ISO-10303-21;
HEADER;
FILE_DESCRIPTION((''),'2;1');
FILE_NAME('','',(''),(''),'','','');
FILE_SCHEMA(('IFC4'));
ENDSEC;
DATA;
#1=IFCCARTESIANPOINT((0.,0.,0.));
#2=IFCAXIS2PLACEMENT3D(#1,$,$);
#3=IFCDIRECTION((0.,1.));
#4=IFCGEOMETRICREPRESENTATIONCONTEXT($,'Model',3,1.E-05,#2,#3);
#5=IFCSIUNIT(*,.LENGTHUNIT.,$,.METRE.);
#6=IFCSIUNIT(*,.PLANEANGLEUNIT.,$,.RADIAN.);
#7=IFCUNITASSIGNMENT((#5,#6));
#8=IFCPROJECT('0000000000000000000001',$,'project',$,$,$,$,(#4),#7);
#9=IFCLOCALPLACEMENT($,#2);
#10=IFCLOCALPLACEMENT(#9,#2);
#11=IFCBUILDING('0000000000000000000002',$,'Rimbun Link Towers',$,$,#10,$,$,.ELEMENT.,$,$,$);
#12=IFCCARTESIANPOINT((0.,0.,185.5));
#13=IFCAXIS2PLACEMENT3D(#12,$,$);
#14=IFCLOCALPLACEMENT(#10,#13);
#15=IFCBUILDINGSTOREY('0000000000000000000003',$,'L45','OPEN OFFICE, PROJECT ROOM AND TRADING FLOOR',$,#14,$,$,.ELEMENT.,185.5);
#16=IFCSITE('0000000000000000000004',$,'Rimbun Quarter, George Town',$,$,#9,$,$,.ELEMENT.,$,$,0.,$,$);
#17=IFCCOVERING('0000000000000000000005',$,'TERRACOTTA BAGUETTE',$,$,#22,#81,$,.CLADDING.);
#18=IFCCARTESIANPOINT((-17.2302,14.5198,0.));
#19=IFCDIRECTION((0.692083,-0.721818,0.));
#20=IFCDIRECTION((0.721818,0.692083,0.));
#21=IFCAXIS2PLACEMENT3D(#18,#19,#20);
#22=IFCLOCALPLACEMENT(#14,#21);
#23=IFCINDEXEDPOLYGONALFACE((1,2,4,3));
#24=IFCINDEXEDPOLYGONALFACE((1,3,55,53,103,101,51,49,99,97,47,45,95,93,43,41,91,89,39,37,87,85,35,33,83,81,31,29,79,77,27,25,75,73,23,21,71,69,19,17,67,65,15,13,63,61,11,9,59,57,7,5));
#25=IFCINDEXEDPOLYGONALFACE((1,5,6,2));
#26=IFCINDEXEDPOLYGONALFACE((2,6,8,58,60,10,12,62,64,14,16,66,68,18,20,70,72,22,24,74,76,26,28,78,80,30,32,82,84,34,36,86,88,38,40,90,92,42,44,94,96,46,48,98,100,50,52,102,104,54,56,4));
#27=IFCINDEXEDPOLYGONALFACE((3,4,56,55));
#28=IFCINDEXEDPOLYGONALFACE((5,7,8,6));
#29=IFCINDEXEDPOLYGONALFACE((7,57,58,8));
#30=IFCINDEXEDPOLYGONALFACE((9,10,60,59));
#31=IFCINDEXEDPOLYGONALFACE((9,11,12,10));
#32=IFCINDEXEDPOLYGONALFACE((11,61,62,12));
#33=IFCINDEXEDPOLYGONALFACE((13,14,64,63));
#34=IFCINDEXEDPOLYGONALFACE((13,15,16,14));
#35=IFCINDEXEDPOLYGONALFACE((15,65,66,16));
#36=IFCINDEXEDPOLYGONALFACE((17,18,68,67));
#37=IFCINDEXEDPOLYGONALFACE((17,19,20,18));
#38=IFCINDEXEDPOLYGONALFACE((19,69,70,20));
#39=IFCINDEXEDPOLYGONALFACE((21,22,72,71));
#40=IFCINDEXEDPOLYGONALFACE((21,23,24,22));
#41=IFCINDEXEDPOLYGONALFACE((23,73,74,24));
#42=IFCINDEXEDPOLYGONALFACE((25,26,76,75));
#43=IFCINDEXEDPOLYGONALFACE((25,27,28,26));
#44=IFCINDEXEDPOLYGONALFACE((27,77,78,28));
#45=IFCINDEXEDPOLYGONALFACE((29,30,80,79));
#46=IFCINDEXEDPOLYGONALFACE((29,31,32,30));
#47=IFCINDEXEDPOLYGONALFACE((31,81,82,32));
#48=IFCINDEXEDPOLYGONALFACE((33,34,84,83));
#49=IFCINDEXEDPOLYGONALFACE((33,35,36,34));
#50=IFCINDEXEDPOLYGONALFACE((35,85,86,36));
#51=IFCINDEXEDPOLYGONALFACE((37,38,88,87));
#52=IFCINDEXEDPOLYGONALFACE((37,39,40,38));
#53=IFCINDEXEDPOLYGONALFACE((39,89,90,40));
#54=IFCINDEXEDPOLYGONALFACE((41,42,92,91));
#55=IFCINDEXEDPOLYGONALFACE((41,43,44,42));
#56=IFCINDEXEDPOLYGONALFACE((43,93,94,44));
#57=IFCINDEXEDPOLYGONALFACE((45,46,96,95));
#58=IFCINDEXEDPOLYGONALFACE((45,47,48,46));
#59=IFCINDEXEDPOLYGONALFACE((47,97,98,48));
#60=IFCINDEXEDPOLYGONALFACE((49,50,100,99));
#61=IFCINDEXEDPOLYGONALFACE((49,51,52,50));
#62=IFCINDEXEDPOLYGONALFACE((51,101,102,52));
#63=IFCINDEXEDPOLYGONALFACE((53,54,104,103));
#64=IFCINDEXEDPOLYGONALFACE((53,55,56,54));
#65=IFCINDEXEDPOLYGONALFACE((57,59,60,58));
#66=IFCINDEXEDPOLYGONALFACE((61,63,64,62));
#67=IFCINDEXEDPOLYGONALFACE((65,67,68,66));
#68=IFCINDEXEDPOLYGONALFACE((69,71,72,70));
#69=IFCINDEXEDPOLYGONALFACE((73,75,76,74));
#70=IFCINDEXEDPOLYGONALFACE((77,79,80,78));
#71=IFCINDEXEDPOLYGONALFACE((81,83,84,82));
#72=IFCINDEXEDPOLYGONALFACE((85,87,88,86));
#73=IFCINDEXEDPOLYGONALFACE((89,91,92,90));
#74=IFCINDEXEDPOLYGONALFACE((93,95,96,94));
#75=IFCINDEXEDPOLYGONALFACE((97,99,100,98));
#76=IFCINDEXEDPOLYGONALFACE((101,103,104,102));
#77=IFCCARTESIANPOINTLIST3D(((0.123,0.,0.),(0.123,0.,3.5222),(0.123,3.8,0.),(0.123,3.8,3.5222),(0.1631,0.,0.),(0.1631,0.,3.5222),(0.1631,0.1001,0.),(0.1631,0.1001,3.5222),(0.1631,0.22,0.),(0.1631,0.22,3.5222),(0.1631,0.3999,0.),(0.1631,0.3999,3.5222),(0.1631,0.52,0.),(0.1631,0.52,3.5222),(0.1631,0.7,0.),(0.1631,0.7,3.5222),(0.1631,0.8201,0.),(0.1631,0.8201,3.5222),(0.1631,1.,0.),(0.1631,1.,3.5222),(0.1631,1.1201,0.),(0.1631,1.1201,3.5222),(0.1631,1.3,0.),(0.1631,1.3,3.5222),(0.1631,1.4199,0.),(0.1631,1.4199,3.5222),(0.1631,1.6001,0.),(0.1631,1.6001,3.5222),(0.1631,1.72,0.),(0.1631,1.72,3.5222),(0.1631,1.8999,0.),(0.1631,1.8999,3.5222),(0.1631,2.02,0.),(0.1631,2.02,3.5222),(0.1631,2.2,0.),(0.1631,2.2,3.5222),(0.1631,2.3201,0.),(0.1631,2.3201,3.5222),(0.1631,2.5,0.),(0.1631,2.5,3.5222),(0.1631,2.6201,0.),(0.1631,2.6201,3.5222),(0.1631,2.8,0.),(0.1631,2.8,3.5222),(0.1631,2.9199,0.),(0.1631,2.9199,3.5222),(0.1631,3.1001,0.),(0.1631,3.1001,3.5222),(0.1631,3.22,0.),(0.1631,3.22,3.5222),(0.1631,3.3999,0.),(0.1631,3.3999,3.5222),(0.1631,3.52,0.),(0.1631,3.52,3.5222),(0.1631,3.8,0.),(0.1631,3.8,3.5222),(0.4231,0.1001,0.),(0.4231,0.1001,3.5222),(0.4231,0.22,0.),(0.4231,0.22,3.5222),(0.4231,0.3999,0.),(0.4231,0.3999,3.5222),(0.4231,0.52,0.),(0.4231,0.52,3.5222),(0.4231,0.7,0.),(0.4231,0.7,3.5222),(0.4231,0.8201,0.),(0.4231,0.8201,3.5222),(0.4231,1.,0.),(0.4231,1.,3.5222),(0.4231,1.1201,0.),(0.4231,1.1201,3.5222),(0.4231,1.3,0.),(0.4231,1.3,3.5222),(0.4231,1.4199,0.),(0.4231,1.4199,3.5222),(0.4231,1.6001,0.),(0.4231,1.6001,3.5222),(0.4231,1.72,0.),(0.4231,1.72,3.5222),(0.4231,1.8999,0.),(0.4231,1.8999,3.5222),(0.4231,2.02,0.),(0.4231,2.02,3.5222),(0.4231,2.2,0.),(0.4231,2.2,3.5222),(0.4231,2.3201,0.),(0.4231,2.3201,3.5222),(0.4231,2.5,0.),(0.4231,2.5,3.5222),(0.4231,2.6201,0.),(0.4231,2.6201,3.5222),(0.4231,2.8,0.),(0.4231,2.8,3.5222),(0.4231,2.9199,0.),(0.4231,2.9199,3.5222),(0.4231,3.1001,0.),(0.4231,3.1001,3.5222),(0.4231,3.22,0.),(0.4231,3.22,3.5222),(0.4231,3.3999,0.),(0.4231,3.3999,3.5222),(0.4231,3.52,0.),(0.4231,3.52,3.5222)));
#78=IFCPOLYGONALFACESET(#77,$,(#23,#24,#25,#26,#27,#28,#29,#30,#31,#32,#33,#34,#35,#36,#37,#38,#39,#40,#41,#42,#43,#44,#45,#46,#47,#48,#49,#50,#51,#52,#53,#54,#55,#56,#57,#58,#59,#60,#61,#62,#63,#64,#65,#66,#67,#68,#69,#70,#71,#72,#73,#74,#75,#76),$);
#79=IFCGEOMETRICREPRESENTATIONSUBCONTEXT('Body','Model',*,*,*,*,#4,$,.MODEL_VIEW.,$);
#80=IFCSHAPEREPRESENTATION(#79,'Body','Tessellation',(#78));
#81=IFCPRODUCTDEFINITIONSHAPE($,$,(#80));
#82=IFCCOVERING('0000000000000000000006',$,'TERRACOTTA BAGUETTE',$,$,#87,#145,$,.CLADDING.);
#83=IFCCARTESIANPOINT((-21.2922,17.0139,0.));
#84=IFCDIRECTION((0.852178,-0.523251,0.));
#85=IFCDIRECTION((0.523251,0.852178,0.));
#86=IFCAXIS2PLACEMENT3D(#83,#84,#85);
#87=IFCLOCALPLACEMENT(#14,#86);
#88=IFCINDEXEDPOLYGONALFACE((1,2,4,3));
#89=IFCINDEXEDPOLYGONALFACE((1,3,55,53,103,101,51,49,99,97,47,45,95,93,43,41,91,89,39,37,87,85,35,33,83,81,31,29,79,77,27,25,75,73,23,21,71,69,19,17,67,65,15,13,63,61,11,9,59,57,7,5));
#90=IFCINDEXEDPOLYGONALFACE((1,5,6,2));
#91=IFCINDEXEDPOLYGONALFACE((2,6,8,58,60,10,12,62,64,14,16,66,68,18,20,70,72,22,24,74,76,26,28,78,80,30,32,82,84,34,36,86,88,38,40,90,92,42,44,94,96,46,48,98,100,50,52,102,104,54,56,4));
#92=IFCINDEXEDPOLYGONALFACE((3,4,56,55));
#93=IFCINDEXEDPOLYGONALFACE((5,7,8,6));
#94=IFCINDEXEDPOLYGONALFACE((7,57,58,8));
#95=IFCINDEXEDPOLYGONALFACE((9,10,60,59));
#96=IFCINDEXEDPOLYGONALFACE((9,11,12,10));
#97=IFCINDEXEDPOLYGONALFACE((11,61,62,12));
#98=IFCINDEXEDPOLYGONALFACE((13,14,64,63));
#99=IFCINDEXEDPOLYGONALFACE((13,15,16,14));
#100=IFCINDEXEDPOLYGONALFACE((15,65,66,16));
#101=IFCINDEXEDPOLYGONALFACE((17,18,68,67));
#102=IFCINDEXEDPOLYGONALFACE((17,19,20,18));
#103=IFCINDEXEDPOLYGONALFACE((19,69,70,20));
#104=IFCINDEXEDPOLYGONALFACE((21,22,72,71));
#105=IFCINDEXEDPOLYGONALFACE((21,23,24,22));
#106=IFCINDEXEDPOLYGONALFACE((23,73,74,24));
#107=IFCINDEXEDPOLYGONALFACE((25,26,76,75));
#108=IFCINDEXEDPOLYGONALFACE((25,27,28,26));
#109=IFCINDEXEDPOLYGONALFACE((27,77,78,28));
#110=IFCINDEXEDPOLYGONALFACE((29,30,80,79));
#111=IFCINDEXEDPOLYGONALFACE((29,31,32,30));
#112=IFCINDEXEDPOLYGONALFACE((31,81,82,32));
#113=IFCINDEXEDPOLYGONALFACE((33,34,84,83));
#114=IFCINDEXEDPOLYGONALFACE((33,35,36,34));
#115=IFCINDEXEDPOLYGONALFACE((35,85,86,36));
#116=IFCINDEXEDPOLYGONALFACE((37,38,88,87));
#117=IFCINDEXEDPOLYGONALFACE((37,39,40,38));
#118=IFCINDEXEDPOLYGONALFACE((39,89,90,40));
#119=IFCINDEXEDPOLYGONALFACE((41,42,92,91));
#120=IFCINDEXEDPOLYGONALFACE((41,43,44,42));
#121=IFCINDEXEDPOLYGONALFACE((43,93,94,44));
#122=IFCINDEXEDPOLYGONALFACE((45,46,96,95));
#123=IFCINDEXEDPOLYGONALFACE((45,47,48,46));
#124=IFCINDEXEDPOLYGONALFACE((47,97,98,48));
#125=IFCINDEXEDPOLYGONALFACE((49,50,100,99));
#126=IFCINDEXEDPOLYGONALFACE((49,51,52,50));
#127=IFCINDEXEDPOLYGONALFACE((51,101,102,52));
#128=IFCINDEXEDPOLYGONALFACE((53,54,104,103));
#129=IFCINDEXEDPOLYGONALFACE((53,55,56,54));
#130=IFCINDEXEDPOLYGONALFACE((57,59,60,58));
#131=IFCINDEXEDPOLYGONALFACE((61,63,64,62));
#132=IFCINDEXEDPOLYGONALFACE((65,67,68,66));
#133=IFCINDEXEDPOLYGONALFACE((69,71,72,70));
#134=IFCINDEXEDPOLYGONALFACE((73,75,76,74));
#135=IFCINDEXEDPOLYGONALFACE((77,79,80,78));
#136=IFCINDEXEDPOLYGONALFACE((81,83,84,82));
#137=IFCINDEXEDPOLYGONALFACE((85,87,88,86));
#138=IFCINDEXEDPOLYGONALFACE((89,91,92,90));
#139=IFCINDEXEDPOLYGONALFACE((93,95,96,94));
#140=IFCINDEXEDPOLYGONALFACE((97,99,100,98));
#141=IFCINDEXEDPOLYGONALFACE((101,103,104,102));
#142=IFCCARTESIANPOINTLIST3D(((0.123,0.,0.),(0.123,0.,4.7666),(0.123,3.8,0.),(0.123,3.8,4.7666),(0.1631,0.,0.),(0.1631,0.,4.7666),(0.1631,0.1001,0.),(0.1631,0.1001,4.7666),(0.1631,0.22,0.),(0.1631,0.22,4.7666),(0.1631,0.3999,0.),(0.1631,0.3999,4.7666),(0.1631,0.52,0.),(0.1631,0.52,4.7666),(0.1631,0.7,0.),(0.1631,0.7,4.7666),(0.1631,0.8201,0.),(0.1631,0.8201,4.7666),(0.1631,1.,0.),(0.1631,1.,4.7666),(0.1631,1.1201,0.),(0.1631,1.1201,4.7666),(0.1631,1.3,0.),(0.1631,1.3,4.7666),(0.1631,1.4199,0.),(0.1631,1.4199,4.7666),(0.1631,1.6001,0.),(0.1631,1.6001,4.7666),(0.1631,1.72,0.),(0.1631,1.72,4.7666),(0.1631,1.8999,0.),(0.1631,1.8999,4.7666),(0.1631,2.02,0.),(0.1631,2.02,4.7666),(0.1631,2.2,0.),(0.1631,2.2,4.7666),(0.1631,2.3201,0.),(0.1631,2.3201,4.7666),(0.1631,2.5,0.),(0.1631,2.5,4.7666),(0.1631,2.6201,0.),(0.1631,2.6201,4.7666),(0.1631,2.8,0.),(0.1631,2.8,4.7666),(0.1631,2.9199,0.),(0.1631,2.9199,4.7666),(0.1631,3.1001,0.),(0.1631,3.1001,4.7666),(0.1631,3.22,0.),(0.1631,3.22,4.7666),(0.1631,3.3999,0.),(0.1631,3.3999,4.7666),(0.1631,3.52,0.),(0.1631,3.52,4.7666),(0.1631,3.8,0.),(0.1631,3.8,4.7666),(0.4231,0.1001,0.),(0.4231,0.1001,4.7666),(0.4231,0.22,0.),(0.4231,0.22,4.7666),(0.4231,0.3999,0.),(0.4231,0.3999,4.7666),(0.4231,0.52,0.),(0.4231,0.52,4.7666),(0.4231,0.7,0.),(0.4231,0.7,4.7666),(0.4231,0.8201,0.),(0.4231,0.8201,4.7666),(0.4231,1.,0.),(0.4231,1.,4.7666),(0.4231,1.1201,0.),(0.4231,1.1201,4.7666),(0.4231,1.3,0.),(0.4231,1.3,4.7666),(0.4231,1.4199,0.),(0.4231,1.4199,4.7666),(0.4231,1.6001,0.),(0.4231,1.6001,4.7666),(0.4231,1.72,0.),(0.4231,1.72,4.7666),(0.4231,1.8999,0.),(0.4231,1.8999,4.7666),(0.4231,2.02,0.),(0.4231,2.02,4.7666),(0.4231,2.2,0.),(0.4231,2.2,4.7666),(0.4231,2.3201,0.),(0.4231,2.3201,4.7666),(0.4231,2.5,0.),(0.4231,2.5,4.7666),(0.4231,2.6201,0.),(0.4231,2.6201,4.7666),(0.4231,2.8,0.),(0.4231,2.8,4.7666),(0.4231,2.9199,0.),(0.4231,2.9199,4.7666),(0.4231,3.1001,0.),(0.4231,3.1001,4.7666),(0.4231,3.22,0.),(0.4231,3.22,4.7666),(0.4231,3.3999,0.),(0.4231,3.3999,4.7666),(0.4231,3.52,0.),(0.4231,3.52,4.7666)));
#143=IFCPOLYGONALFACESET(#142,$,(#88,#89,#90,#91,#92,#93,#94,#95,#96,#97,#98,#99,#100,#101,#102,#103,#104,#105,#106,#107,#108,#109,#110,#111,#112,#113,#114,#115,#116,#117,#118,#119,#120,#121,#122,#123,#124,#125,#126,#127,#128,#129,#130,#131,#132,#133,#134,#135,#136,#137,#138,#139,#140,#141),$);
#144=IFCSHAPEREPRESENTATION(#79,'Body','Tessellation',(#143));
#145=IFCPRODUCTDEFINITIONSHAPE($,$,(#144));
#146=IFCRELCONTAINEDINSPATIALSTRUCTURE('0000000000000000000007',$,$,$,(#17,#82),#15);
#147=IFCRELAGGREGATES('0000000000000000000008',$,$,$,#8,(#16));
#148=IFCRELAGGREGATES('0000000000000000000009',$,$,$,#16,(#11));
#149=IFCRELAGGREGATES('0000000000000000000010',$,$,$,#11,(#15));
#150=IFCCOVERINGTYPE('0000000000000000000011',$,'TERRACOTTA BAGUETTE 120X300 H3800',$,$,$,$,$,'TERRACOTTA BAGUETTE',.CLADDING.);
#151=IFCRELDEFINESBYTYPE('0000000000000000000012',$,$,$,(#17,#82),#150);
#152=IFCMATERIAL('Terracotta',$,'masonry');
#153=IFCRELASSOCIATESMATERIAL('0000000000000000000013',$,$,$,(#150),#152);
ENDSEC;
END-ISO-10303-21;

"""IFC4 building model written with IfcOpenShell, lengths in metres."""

from ifc_helpers import new_model, si_unit, direction, frame, origin, place, context, subcontext, project, spatial, polyline, outline, extrude, material, material_profile, profile_set, type_object, element, save


model = new_model("IFC4")

# Units and contexts
model_context = context("Model", 3, precision=1e-05, world=origin(), true_north=direction((0.0, 1.0)))
body_context = subcontext(model_context, "Body", "Model", "MODEL_VIEW")
ifc_project = project(units=[si_unit("LENGTHUNIT", "METRE"), si_unit("PLANEANGLEUNIT", "RADIAN")], contexts=[model_context])

# Site, building, storey
site_placement = place(None, origin())
site = spatial("IfcSite", under=ifc_project, at=site_placement, Name="Rimbun Quarter, George Town", CompositionType="ELEMENT", RefElevation=0.0)
building_placement = place(site_placement, origin())
building = spatial("IfcBuilding", under=site, at=building_placement, Name="Rimbun Link Towers", CompositionType="ELEMENT")
storey_placement = place(building_placement, frame((0.0, 0.0, 185.5)))
storey = spatial("IfcBuildingStorey", under=building, at=storey_placement, Name="L45", Description="OPEN OFFICE, PROJECT ROOM AND TRADING FLOOR", CompositionType="ELEMENT", Elevation=185.5)

# Coverings
ifc_material_1 = material(Name="Terracotta", Category="masonry")
ifc_material_profile_1 = material_profile(ifc_material_1, outline(polyline([(0.123, 0.0), (0.1631, 0.0), (0.1631, 0.1001), (0.4231, 0.1001), (0.4231, 0.22), (0.1631, 0.22), (0.1631, 0.3999), (0.4231, 0.3999), (0.4231, 0.52), (0.1631, 0.52), (0.1631, 0.7), (0.4231, 0.7), (0.4231, 0.8201), (0.1631, 0.8201), (0.1631, 1.0), (0.4231, 1.0), (0.4231, 1.1201), (0.1631, 1.1201), (0.1631, 1.3), (0.4231, 1.3), (0.4231, 1.4199), (0.1631, 1.4199), (0.1631, 1.6001), (0.4231, 1.6001), (0.4231, 1.72), (0.1631, 1.72), (0.1631, 1.8999), (0.4231, 1.8999), (0.4231, 2.02), (0.1631, 2.02), (0.1631, 2.2), (0.4231, 2.2), (0.4231, 2.3201), (0.1631, 2.3201), (0.1631, 2.5), (0.4231, 2.5), (0.4231, 2.6201), (0.1631, 2.6201), (0.1631, 2.8), (0.4231, 2.8), (0.4231, 2.9199), (0.1631, 2.9199), (0.1631, 3.1001), (0.4231, 3.1001), (0.4231, 3.22), (0.1631, 3.22), (0.1631, 3.3999), (0.4231, 3.3999), (0.4231, 3.52), (0.1631, 3.52), (0.1631, 3.8), (0.123, 3.8), (0.123, 0.0)])), Name="BAGUETTE 120X300")
ifc_profile_set_1 = profile_set([ifc_material_profile_1], Name="Terracotta")
covering_type = type_object("IfcCoveringType", Name="TERRACOTTA BAGUETTE 120X300 H3800", ElementType="TERRACOTTA BAGUETTE", PredefinedType="CLADDING", material=ifc_profile_set_1)
covering_1_placement = place(storey_placement, frame((-17.2302, 14.5198, 0.0), z_axis=(0.692083, -0.721818, 0.0), x_axis=(0.721818, 0.692083, 0.0)))
element("IfcCovering", 1, at=covering_1_placement, inside=storey, type_object=covering_type, Name="TERRACOTTA BAGUETTE", PredefinedType="CLADDING", context=body_context, shape_type="SweptSolid", body=[
    extrude(outline(polyline([(0.123, 0.0), (0.1631, 0.0), (0.1631, 0.1001), (0.4231, 0.1001), (0.4231, 0.22), (0.1631, 0.22), (0.1631, 0.3999), (0.4231, 0.3999), (0.4231, 0.52), (0.1631, 0.52), (0.1631, 0.7), (0.4231, 0.7), (0.4231, 0.8201), (0.1631, 0.8201), (0.1631, 1.0), (0.4231, 1.0), (0.4231, 1.1201), (0.1631, 1.1201), (0.1631, 1.3), (0.4231, 1.3), (0.4231, 1.4199), (0.1631, 1.4199), (0.1631, 1.6001), (0.4231, 1.6001), (0.4231, 1.72), (0.1631, 1.72), (0.1631, 1.8999), (0.4231, 1.8999), (0.4231, 2.02), (0.1631, 2.02), (0.1631, 2.2), (0.4231, 2.2), (0.4231, 2.3201), (0.1631, 2.3201), (0.1631, 2.5), (0.4231, 2.5), (0.4231, 2.6201), (0.1631, 2.6201), (0.1631, 2.8), (0.4231, 2.8), (0.4231, 2.9199), (0.1631, 2.9199), (0.1631, 3.1001), (0.4231, 3.1001), (0.4231, 3.22), (0.1631, 3.22), (0.1631, 3.3999), (0.4231, 3.3999), (0.4231, 3.52), (0.1631, 3.52), (0.1631, 3.8), (0.123, 3.8), (0.123, 0.0)])), origin(), (0.0, 0.0, 1.0), 3.5222),
])
covering_2_placement = place(storey_placement, frame((-21.2922, 17.0139, 0.0), z_axis=(0.852178, -0.523251, 0.0), x_axis=(0.523251, 0.852178, 0.0)))
element("IfcCovering", 2, at=covering_2_placement, inside=storey, type_object=covering_type, Name="TERRACOTTA BAGUETTE", PredefinedType="CLADDING", context=body_context, shape_type="SweptSolid", body=[
    extrude(outline(polyline([(0.123, 0.0), (0.1631, 0.0), (0.1631, 0.1001), (0.4231, 0.1001), (0.4231, 0.22), (0.1631, 0.22), (0.1631, 0.3999), (0.4231, 0.3999), (0.4231, 0.52), (0.1631, 0.52), (0.1631, 0.7), (0.4231, 0.7), (0.4231, 0.8201), (0.1631, 0.8201), (0.1631, 1.0), (0.4231, 1.0), (0.4231, 1.1201), (0.1631, 1.1201), (0.1631, 1.3), (0.4231, 1.3), (0.4231, 1.4199), (0.1631, 1.4199), (0.1631, 1.6001), (0.4231, 1.6001), (0.4231, 1.72), (0.1631, 1.72), (0.1631, 1.8999), (0.4231, 1.8999), (0.4231, 2.02), (0.1631, 2.02), (0.1631, 2.2), (0.4231, 2.2), (0.4231, 2.3201), (0.1631, 2.3201), (0.1631, 2.5), (0.4231, 2.5), (0.4231, 2.6201), (0.1631, 2.6201), (0.1631, 2.8), (0.4231, 2.8), (0.4231, 2.9199), (0.1631, 2.9199), (0.1631, 3.1001), (0.4231, 3.1001), (0.4231, 3.22), (0.1631, 3.22), (0.1631, 3.3999), (0.4231, 3.3999), (0.4231, 3.52), (0.1631, 3.52), (0.1631, 3.8), (0.123, 3.8), (0.123, 0.0)])), origin(), (0.0, 0.0, 1.0), 4.7666),
])

save(model, "model.ifc")
